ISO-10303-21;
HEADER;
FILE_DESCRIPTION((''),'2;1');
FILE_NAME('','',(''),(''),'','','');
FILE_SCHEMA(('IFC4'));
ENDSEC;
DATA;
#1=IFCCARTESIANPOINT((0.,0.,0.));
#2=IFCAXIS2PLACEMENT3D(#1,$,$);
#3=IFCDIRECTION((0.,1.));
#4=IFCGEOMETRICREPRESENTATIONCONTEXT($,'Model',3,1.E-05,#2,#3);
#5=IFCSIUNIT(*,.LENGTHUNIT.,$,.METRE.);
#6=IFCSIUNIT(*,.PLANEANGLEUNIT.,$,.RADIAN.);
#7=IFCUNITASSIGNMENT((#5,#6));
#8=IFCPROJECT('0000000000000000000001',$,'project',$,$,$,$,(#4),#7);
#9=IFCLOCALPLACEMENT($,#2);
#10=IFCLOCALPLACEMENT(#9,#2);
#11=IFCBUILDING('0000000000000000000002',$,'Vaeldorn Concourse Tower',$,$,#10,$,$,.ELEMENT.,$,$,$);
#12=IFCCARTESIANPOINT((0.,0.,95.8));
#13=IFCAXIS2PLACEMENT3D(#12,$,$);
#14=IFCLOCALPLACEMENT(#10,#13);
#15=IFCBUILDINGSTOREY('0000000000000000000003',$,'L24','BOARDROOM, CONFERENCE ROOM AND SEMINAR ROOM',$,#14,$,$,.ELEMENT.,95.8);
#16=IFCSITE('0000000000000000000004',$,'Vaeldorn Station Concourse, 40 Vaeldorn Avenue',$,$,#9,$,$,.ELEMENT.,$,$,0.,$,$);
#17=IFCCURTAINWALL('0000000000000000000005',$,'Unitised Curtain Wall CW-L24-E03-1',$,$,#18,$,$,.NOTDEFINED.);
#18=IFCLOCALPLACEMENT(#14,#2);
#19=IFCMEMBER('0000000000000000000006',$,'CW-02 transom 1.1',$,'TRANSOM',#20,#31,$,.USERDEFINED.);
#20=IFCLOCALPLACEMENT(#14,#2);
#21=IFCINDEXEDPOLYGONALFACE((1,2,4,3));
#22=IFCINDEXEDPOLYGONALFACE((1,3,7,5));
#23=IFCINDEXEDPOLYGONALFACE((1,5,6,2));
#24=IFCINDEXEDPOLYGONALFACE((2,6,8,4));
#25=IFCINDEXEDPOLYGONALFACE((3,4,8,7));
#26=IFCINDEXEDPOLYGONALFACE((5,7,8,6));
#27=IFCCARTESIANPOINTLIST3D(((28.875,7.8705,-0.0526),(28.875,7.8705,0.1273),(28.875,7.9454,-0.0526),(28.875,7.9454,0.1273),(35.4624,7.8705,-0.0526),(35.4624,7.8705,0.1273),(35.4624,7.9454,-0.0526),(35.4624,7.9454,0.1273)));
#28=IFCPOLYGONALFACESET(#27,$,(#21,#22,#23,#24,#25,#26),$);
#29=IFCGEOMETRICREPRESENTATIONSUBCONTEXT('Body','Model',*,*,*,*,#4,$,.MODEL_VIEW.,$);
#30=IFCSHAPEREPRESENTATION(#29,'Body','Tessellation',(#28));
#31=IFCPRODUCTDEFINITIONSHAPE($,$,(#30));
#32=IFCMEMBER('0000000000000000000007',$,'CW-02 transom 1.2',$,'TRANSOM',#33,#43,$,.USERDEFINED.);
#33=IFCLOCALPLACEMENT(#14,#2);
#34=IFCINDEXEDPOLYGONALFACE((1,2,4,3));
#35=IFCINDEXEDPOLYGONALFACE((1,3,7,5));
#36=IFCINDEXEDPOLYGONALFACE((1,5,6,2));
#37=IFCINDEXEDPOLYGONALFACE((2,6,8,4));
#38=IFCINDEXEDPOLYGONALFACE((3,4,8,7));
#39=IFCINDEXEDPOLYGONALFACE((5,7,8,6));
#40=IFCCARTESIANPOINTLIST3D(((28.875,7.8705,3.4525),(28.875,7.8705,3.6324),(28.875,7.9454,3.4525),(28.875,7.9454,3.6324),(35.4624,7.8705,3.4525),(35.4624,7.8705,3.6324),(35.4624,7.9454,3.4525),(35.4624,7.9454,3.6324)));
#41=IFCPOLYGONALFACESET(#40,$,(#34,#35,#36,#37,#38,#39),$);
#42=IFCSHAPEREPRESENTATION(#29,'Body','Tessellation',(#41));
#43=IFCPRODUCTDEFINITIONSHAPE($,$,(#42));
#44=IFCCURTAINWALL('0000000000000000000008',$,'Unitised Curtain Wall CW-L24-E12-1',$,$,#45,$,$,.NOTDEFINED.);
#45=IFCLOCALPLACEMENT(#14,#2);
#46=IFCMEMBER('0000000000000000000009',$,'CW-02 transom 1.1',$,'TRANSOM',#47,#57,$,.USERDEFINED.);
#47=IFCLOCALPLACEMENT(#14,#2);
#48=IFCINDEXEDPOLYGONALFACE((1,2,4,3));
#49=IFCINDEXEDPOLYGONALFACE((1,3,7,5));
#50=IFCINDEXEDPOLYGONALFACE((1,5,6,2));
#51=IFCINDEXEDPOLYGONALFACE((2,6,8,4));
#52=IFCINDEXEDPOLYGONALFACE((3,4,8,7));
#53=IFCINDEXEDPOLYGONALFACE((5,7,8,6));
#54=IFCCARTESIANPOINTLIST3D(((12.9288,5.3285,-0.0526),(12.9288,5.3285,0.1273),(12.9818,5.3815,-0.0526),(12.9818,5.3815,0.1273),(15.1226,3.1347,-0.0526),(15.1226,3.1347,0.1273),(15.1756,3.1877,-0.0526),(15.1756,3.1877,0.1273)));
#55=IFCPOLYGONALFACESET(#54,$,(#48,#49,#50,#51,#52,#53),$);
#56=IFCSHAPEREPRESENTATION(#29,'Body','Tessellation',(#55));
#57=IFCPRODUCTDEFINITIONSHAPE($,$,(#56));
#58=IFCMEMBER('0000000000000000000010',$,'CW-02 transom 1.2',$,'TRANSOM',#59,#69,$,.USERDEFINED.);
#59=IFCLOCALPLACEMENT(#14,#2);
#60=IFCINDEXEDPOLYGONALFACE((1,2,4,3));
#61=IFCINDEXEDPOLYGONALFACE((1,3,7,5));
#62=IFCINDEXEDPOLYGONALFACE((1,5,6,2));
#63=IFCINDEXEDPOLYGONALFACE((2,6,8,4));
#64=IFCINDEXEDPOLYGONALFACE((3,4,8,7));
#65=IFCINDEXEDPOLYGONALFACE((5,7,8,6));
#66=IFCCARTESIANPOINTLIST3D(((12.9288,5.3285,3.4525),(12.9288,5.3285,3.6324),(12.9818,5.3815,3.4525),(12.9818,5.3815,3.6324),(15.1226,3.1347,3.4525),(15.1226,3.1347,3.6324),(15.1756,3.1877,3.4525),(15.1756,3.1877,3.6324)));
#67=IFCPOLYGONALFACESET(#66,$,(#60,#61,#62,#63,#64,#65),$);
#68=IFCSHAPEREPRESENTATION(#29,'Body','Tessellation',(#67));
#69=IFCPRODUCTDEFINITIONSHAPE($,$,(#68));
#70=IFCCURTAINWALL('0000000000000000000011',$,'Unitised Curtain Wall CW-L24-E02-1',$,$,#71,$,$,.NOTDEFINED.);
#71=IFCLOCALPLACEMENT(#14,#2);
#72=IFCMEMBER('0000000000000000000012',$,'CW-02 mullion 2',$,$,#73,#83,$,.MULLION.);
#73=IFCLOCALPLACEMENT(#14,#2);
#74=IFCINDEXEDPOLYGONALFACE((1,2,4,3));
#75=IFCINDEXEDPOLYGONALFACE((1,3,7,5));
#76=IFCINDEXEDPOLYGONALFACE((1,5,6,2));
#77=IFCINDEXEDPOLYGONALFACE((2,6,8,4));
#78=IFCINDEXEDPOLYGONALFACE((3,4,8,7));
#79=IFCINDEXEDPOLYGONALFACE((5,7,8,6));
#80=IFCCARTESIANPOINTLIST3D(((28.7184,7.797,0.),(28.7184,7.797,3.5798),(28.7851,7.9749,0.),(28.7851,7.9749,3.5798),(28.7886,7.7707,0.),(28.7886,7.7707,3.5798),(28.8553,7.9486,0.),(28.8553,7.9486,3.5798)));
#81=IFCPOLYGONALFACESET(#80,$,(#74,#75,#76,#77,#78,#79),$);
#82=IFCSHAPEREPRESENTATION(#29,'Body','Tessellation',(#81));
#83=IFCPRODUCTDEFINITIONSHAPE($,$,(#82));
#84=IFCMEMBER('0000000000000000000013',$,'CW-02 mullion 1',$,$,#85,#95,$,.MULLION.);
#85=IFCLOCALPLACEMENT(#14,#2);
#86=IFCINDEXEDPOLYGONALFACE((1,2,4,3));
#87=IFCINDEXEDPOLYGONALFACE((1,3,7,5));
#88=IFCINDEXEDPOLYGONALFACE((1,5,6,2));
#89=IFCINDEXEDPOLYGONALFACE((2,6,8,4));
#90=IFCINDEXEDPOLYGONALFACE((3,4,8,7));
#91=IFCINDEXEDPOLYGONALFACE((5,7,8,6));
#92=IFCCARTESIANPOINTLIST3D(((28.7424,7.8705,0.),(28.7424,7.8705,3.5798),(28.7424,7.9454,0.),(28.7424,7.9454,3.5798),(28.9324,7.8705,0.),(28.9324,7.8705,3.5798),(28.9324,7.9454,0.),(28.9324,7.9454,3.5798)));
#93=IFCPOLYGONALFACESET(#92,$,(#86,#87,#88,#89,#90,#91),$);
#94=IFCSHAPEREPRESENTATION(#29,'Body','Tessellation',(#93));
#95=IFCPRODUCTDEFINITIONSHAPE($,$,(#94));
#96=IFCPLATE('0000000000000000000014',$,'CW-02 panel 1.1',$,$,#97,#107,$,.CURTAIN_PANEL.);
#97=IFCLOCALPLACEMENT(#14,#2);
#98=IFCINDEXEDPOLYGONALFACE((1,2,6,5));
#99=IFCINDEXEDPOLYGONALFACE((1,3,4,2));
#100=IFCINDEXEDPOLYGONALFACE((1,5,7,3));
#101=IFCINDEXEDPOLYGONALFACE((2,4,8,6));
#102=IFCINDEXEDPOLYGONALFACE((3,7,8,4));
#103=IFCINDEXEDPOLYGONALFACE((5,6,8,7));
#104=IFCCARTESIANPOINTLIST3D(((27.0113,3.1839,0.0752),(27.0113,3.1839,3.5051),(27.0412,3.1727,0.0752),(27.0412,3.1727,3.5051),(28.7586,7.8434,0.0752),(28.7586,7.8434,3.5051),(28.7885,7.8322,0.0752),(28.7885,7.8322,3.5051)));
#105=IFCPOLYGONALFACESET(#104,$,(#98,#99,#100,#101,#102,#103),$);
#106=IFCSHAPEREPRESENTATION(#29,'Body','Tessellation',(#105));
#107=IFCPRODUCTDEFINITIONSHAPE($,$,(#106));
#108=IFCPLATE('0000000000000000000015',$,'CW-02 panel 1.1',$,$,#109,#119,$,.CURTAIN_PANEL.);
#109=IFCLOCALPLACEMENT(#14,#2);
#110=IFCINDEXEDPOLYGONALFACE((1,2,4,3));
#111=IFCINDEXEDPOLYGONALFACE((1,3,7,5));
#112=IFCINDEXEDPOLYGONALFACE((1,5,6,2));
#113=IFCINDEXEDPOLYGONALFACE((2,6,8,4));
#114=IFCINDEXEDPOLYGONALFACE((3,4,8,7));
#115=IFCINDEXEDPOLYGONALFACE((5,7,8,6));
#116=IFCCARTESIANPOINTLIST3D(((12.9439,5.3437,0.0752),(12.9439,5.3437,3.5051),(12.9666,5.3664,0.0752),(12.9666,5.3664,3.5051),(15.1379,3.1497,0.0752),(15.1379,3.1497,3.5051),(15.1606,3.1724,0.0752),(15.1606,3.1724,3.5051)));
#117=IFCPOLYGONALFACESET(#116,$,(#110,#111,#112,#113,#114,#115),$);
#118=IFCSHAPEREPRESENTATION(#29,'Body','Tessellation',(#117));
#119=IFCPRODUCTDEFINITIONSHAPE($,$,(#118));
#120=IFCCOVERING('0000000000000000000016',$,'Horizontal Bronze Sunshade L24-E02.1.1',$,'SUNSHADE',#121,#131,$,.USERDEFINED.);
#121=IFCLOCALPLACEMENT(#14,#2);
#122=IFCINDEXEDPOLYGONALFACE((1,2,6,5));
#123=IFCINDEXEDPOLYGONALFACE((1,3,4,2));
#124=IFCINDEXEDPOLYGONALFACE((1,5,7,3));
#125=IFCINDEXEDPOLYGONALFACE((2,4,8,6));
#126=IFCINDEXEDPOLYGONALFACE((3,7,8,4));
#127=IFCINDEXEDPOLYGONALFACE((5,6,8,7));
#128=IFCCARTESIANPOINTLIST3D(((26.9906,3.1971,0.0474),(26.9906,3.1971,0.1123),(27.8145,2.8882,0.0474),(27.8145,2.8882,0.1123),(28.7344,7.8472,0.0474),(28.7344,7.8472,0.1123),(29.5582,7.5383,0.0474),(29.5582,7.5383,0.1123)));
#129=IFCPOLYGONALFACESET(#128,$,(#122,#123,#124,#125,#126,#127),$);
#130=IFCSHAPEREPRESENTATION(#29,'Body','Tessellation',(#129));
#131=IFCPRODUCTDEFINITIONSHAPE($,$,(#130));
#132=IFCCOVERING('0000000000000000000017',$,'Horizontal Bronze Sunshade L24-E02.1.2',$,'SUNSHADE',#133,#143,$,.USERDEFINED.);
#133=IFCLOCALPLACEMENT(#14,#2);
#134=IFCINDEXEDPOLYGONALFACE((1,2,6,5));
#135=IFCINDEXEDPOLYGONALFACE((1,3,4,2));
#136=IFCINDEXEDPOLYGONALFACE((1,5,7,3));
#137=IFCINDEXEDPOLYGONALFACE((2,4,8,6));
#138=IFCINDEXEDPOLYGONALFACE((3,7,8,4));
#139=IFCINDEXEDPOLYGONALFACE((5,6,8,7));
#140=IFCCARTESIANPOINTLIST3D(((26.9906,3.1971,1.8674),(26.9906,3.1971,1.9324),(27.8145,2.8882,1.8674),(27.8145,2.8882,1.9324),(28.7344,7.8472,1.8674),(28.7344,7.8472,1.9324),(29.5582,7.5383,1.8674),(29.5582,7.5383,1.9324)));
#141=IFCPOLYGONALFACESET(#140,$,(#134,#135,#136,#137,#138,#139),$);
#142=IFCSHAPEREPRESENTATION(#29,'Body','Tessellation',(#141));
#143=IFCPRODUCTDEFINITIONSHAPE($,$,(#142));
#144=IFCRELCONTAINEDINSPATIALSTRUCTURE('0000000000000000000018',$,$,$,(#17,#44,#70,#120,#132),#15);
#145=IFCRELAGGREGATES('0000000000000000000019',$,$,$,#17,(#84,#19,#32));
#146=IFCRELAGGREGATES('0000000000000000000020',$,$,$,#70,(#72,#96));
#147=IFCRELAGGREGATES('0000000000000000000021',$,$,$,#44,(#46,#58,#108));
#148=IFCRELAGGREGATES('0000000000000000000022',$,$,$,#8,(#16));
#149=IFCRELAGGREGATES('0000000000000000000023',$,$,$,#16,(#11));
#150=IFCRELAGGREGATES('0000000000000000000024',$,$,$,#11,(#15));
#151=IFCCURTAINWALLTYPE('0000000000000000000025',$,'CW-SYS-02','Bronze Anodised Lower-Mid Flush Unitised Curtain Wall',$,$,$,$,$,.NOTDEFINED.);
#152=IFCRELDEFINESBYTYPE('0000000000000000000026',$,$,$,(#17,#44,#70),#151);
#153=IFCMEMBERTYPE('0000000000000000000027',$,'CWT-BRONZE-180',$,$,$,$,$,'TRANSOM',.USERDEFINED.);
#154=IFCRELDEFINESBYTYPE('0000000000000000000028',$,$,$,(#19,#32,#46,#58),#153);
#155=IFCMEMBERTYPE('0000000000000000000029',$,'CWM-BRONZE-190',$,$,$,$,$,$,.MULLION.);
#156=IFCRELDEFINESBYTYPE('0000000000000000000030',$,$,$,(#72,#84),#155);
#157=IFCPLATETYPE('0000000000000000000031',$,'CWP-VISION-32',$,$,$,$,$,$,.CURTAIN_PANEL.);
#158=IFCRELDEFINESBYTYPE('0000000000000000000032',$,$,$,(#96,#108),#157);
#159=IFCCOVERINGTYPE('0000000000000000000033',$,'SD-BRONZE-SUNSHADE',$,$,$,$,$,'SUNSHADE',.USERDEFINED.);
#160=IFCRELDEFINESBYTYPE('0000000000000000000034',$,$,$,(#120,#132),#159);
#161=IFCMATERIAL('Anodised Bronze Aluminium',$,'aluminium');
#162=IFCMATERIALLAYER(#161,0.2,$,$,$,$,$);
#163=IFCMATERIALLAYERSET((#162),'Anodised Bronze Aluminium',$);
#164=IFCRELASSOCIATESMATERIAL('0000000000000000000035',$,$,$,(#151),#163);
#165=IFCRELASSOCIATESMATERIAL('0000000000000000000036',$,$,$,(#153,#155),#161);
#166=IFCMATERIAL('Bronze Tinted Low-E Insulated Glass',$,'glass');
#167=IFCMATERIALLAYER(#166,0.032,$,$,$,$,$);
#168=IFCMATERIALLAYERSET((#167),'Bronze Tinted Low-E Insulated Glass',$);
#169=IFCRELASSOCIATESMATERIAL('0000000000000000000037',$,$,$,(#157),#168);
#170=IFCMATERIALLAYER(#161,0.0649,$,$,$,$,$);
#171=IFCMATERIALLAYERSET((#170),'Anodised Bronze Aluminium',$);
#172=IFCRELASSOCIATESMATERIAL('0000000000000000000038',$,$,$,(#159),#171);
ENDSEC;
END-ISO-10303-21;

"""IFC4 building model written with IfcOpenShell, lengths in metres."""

from ifc_helpers import new_model, si_unit, direction, frame, origin, origin_2d, place, context, subcontext, project, spatial, rectangle, extrude, source, transform, mapped, material, layer, layer_set, material_profile, profile_set, type_object, element, aggregate, save


model = new_model("IFC4")

# Units and contexts
model_context = context("Model", 3, precision=1e-05, world=origin(), true_north=direction((0.0, 1.0)))
body_context = subcontext(model_context, "Body", "Model", "MODEL_VIEW")
ifc_project = project(units=[si_unit("LENGTHUNIT", "METRE"), si_unit("PLANEANGLEUNIT", "RADIAN")], contexts=[model_context])

# Site, building, storey
site_placement = place(None, origin())
site = spatial("IfcSite", under=ifc_project, at=site_placement, Name="Vaeldorn Station Concourse, 40 Vaeldorn Avenue", CompositionType="ELEMENT", RefElevation=0.0)
building_placement = place(site_placement, origin())
building = spatial("IfcBuilding", under=site, at=building_placement, Name="Vaeldorn Concourse Tower", CompositionType="ELEMENT")
storey_placement = place(building_placement, frame((0.0, 0.0, 95.8)))
storey = spatial("IfcBuildingStorey", under=building, at=storey_placement, Name="L24", Description="BOARDROOM, CONFERENCE ROOM AND SEMINAR ROOM", CompositionType="ELEMENT", Elevation=95.8)

# Curtain walls, members
ifc_material_1 = material(Name="Anodised Bronze Aluminium", Category="aluminium")
ifc_layer_1 = layer(ifc_material_1, 0.2)
ifc_layer_set_1 = layer_set([ifc_layer_1], Name="Anodised Bronze Aluminium")
curtain_wall_type = type_object("IfcCurtainWallType", Name="CW-SYS-02", Description="Bronze Anodised Lower-Mid Flush Unitised Curtain Wall", PredefinedType="NOTDEFINED", material=ifc_layer_set_1)
curtain_wall_1_placement = place(storey_placement, origin())
curtain_wall_1 = element("IfcCurtainWall", 1, at=curtain_wall_1_placement, inside=storey, type_object=curtain_wall_type, Name="Unitised Curtain Wall CW-L24-E03-1", PredefinedType="NOTDEFINED")
ifc_material_profile_1 = material_profile(ifc_material_1, rectangle(XDim=0.075, YDim=0.1799, at=origin_2d()), Name="CWT 75x180")
ifc_profile_set_1 = profile_set([ifc_material_profile_1], Name="Anodised Bronze Aluminium")
member_type_1 = type_object("IfcMemberType", Name="CWT-BRONZE-180", ElementType="TRANSOM", PredefinedType="USERDEFINED", material=ifc_profile_set_1)
shared_shape_1 = source(origin(), body_context, "Body", "SweptSolid", [
    extrude(rectangle(XDim=0.075, YDim=0.1799, at=origin_2d()), origin(), (0.0, 0.0, 1.0), 6.5874),
])
member_1_placement = place(storey_placement, frame((28.875, 7.908, 0.0374), z_axis=(1.0, 0.0, 0.0), x_axis=(0.0, 1.0, 0.0)))
member_1 = element("IfcMember", 2, at=member_1_placement, type_object=member_type_1, Name="CW-02 transom 1.1", ObjectType="TRANSOM", PredefinedType="USERDEFINED", context=body_context, shape_type="MappedRepresentation", body=[
    mapped(shared_shape_1, transform((0.0, 0.0, 0.0), scale=1.0)),
])
member_2_placement = place(storey_placement, frame((28.875, 7.908, 3.5425), z_axis=(1.0, 0.0, 0.0), x_axis=(0.0, 1.0, 0.0)))
member_2 = element("IfcMember", 3, at=member_2_placement, type_object=member_type_1, Name="CW-02 transom 1.2", ObjectType="TRANSOM", PredefinedType="USERDEFINED", context=body_context, shape_type="MappedRepresentation", body=[
    mapped(shared_shape_1, transform((0.0, 0.0, 0.0), scale=1.0)),
])
curtain_wall_2_placement = place(storey_placement, origin())
curtain_wall_2 = element("IfcCurtainWall", 4, at=curtain_wall_2_placement, inside=storey, type_object=curtain_wall_type, Name="Unitised Curtain Wall CW-L24-E12-1", PredefinedType="NOTDEFINED")
shared_shape_2 = source(origin(), body_context, "Body", "SweptSolid", [
    extrude(rectangle(XDim=0.075, YDim=0.1799, at=origin_2d()), origin(), (0.0, 0.0, 1.0), 3.1025),
])
member_3_placement = place(storey_placement, frame((12.9553, 5.355, 0.0374), z_axis=(0.707107, -0.707107, 0.0), x_axis=(0.707107, 0.707107, 0.0)))
member_3 = element("IfcMember", 5, at=member_3_placement, type_object=member_type_1, Name="CW-02 transom 1.1", ObjectType="TRANSOM", PredefinedType="USERDEFINED", context=body_context, shape_type="MappedRepresentation", body=[
    mapped(shared_shape_2, transform((0.0, 0.0, 0.0), scale=1.0)),
])
member_4_placement = place(storey_placement, frame((12.9553, 5.355, 3.5425), z_axis=(0.707107, -0.707107, 0.0), x_axis=(0.707107, 0.707107, 0.0)))
member_4 = element("IfcMember", 6, at=member_4_placement, type_object=member_type_1, Name="CW-02 transom 1.2", ObjectType="TRANSOM", PredefinedType="USERDEFINED", context=body_context, shape_type="MappedRepresentation", body=[
    mapped(shared_shape_2, transform((0.0, 0.0, 0.0), scale=1.0)),
])

# Curtain wall, member
curtain_wall_3_placement = place(storey_placement, origin())
curtain_wall_3 = element("IfcCurtainWall", 7, at=curtain_wall_3_placement, inside=storey, type_object=curtain_wall_type, Name="Unitised Curtain Wall CW-L24-E02-1", PredefinedType="NOTDEFINED")
ifc_material_profile_2 = material_profile(ifc_material_1, rectangle(XDim=0.075, YDim=0.1899, at=origin_2d()), Name="CWM 75x190")
ifc_profile_set_2 = profile_set([ifc_material_profile_2], Name="Anodised Bronze Aluminium")
member_type_2 = type_object("IfcMemberType", Name="CWM-BRONZE-190", PredefinedType="MULLION", material=ifc_profile_set_2)
shared_shape_3 = source(origin(), body_context, "Body", "SweptSolid", [
    extrude(rectangle(XDim=0.075, YDim=0.1899, at=origin_2d()), origin(), (0.0, 0.0, 1.0), 3.5798),
])
member_5_placement = place(storey_placement, frame((28.7869, 7.8728, 0.0), z_axis=(0.0, 0.0, 1.0), x_axis=(-0.936329, 0.351123, 0.0)))
member_5 = element("IfcMember", 8, at=member_5_placement, type_object=member_type_2, Name="CW-02 mullion 2", PredefinedType="MULLION", context=body_context, shape_type="MappedRepresentation", body=[
    mapped(shared_shape_3, transform((0.0, 0.0, 0.0), scale=1.0)),
])

# Member
member_6_placement = place(storey_placement, frame((28.8374, 7.908, 0.0), z_axis=(0.0, 0.0, 1.0), x_axis=(0.0, 1.0, 0.0)))
member_6 = element("IfcMember", 9, at=member_6_placement, type_object=member_type_2, Name="CW-02 mullion 1", PredefinedType="MULLION", context=body_context, shape_type="MappedRepresentation", body=[
    mapped(shared_shape_3, transform((0.0, 0.0, 0.0), scale=1.0)),
])
aggregate(curtain_wall_1, [member_6, member_1, member_2])

# Plates
ifc_material_2 = material(Name="Bronze Tinted Low-E Insulated Glass", Category="glass")
ifc_layer_2 = layer(ifc_material_2, 0.032)
ifc_layer_set_2 = layer_set([ifc_layer_2], Name="Bronze Tinted Low-E Insulated Glass")
plate_type = type_object("IfcPlateType", Name="CWP-VISION-32", PredefinedType="CURTAIN_PANEL", material=ifc_layer_set_2)
shared_shape_4 = source(origin(), body_context, "Body", "SweptSolid", [
    extrude(rectangle(XDim=4.9763, YDim=0.032, at=origin_2d()), origin(), (0.0, 0.0, 1.0), 3.4299),
])
plate_1_placement = place(storey_placement, frame((27.8999, 5.5081, 0.0752), z_axis=(0.0, 0.0, 1.0), x_axis=(0.351123, 0.936329, 0.0)))
plate_1 = element("IfcPlate", 10, at=plate_1_placement, type_object=plate_type, Name="CW-02 panel 1.1", PredefinedType="CURTAIN_PANEL", context=body_context, shape_type="MappedRepresentation", body=[
    mapped(shared_shape_4, transform((0.0, 0.0, 0.0), scale=1.0)),
])
aggregate(curtain_wall_3, [member_5, plate_1])
shared_shape_5 = source(origin(), body_context, "Body", "SweptSolid", [
    extrude(rectangle(XDim=3.1028, YDim=0.032, at=origin_2d()), origin(), (0.0, 0.0, 1.0), 3.4299),
])
plate_2_placement = place(storey_placement, frame((14.0522, 4.2581, 0.0752), z_axis=(0.0, 0.0, 1.0), x_axis=(0.707107, -0.707107, 0.0)))
plate_2 = element("IfcPlate", 11, at=plate_2_placement, type_object=plate_type, Name="CW-02 panel 1.1", PredefinedType="CURTAIN_PANEL", context=body_context, shape_type="MappedRepresentation", body=[
    mapped(shared_shape_5, transform((0.0, 0.0, 0.0), scale=1.0)),
])
aggregate(curtain_wall_2, [member_3, member_4, plate_2])

# Coverings
ifc_layer_3 = layer(ifc_material_1, 0.0649)
ifc_layer_set_3 = layer_set([ifc_layer_3], Name="Anodised Bronze Aluminium")
covering_type = type_object("IfcCoveringType", Name="SD-BRONZE-SUNSHADE", ElementType="SUNSHADE", PredefinedType="USERDEFINED", material=ifc_layer_set_3)
shared_shape_6 = source(origin(), body_context, "Body", "SweptSolid", [
    extrude(rectangle(XDim=4.9663, YDim=0.8799, at=origin_2d()), origin(), (0.0, 0.0, 1.0), 0.0649),
])
for number, where, z_axis, x_axis, name in (
    (12, (28.2744, 5.3677, 0.0474), (0.0, 0.0, 1.0), (0.351123, 0.936329, 0.0), "Horizontal Bronze Sunshade L24-E02.1.1"),
    (13, (28.2744, 5.3677, 1.8674), (0.0, 0.0, 1.0), (0.351123, 0.936329, 0.0), "Horizontal Bronze Sunshade L24-E02.1.2"),
):
    element("IfcCovering", number, at=place(storey_placement, frame(where, z_axis=z_axis, x_axis=x_axis)), inside=storey, type_object=covering_type, Name=name, ObjectType="SUNSHADE", PredefinedType="USERDEFINED", context=body_context, shape_type="MappedRepresentation", body=[
        mapped(shared_shape_6, transform((0.0, 0.0, 0.0), scale=1.0)),
    ])

save(model, "model.ifc")
